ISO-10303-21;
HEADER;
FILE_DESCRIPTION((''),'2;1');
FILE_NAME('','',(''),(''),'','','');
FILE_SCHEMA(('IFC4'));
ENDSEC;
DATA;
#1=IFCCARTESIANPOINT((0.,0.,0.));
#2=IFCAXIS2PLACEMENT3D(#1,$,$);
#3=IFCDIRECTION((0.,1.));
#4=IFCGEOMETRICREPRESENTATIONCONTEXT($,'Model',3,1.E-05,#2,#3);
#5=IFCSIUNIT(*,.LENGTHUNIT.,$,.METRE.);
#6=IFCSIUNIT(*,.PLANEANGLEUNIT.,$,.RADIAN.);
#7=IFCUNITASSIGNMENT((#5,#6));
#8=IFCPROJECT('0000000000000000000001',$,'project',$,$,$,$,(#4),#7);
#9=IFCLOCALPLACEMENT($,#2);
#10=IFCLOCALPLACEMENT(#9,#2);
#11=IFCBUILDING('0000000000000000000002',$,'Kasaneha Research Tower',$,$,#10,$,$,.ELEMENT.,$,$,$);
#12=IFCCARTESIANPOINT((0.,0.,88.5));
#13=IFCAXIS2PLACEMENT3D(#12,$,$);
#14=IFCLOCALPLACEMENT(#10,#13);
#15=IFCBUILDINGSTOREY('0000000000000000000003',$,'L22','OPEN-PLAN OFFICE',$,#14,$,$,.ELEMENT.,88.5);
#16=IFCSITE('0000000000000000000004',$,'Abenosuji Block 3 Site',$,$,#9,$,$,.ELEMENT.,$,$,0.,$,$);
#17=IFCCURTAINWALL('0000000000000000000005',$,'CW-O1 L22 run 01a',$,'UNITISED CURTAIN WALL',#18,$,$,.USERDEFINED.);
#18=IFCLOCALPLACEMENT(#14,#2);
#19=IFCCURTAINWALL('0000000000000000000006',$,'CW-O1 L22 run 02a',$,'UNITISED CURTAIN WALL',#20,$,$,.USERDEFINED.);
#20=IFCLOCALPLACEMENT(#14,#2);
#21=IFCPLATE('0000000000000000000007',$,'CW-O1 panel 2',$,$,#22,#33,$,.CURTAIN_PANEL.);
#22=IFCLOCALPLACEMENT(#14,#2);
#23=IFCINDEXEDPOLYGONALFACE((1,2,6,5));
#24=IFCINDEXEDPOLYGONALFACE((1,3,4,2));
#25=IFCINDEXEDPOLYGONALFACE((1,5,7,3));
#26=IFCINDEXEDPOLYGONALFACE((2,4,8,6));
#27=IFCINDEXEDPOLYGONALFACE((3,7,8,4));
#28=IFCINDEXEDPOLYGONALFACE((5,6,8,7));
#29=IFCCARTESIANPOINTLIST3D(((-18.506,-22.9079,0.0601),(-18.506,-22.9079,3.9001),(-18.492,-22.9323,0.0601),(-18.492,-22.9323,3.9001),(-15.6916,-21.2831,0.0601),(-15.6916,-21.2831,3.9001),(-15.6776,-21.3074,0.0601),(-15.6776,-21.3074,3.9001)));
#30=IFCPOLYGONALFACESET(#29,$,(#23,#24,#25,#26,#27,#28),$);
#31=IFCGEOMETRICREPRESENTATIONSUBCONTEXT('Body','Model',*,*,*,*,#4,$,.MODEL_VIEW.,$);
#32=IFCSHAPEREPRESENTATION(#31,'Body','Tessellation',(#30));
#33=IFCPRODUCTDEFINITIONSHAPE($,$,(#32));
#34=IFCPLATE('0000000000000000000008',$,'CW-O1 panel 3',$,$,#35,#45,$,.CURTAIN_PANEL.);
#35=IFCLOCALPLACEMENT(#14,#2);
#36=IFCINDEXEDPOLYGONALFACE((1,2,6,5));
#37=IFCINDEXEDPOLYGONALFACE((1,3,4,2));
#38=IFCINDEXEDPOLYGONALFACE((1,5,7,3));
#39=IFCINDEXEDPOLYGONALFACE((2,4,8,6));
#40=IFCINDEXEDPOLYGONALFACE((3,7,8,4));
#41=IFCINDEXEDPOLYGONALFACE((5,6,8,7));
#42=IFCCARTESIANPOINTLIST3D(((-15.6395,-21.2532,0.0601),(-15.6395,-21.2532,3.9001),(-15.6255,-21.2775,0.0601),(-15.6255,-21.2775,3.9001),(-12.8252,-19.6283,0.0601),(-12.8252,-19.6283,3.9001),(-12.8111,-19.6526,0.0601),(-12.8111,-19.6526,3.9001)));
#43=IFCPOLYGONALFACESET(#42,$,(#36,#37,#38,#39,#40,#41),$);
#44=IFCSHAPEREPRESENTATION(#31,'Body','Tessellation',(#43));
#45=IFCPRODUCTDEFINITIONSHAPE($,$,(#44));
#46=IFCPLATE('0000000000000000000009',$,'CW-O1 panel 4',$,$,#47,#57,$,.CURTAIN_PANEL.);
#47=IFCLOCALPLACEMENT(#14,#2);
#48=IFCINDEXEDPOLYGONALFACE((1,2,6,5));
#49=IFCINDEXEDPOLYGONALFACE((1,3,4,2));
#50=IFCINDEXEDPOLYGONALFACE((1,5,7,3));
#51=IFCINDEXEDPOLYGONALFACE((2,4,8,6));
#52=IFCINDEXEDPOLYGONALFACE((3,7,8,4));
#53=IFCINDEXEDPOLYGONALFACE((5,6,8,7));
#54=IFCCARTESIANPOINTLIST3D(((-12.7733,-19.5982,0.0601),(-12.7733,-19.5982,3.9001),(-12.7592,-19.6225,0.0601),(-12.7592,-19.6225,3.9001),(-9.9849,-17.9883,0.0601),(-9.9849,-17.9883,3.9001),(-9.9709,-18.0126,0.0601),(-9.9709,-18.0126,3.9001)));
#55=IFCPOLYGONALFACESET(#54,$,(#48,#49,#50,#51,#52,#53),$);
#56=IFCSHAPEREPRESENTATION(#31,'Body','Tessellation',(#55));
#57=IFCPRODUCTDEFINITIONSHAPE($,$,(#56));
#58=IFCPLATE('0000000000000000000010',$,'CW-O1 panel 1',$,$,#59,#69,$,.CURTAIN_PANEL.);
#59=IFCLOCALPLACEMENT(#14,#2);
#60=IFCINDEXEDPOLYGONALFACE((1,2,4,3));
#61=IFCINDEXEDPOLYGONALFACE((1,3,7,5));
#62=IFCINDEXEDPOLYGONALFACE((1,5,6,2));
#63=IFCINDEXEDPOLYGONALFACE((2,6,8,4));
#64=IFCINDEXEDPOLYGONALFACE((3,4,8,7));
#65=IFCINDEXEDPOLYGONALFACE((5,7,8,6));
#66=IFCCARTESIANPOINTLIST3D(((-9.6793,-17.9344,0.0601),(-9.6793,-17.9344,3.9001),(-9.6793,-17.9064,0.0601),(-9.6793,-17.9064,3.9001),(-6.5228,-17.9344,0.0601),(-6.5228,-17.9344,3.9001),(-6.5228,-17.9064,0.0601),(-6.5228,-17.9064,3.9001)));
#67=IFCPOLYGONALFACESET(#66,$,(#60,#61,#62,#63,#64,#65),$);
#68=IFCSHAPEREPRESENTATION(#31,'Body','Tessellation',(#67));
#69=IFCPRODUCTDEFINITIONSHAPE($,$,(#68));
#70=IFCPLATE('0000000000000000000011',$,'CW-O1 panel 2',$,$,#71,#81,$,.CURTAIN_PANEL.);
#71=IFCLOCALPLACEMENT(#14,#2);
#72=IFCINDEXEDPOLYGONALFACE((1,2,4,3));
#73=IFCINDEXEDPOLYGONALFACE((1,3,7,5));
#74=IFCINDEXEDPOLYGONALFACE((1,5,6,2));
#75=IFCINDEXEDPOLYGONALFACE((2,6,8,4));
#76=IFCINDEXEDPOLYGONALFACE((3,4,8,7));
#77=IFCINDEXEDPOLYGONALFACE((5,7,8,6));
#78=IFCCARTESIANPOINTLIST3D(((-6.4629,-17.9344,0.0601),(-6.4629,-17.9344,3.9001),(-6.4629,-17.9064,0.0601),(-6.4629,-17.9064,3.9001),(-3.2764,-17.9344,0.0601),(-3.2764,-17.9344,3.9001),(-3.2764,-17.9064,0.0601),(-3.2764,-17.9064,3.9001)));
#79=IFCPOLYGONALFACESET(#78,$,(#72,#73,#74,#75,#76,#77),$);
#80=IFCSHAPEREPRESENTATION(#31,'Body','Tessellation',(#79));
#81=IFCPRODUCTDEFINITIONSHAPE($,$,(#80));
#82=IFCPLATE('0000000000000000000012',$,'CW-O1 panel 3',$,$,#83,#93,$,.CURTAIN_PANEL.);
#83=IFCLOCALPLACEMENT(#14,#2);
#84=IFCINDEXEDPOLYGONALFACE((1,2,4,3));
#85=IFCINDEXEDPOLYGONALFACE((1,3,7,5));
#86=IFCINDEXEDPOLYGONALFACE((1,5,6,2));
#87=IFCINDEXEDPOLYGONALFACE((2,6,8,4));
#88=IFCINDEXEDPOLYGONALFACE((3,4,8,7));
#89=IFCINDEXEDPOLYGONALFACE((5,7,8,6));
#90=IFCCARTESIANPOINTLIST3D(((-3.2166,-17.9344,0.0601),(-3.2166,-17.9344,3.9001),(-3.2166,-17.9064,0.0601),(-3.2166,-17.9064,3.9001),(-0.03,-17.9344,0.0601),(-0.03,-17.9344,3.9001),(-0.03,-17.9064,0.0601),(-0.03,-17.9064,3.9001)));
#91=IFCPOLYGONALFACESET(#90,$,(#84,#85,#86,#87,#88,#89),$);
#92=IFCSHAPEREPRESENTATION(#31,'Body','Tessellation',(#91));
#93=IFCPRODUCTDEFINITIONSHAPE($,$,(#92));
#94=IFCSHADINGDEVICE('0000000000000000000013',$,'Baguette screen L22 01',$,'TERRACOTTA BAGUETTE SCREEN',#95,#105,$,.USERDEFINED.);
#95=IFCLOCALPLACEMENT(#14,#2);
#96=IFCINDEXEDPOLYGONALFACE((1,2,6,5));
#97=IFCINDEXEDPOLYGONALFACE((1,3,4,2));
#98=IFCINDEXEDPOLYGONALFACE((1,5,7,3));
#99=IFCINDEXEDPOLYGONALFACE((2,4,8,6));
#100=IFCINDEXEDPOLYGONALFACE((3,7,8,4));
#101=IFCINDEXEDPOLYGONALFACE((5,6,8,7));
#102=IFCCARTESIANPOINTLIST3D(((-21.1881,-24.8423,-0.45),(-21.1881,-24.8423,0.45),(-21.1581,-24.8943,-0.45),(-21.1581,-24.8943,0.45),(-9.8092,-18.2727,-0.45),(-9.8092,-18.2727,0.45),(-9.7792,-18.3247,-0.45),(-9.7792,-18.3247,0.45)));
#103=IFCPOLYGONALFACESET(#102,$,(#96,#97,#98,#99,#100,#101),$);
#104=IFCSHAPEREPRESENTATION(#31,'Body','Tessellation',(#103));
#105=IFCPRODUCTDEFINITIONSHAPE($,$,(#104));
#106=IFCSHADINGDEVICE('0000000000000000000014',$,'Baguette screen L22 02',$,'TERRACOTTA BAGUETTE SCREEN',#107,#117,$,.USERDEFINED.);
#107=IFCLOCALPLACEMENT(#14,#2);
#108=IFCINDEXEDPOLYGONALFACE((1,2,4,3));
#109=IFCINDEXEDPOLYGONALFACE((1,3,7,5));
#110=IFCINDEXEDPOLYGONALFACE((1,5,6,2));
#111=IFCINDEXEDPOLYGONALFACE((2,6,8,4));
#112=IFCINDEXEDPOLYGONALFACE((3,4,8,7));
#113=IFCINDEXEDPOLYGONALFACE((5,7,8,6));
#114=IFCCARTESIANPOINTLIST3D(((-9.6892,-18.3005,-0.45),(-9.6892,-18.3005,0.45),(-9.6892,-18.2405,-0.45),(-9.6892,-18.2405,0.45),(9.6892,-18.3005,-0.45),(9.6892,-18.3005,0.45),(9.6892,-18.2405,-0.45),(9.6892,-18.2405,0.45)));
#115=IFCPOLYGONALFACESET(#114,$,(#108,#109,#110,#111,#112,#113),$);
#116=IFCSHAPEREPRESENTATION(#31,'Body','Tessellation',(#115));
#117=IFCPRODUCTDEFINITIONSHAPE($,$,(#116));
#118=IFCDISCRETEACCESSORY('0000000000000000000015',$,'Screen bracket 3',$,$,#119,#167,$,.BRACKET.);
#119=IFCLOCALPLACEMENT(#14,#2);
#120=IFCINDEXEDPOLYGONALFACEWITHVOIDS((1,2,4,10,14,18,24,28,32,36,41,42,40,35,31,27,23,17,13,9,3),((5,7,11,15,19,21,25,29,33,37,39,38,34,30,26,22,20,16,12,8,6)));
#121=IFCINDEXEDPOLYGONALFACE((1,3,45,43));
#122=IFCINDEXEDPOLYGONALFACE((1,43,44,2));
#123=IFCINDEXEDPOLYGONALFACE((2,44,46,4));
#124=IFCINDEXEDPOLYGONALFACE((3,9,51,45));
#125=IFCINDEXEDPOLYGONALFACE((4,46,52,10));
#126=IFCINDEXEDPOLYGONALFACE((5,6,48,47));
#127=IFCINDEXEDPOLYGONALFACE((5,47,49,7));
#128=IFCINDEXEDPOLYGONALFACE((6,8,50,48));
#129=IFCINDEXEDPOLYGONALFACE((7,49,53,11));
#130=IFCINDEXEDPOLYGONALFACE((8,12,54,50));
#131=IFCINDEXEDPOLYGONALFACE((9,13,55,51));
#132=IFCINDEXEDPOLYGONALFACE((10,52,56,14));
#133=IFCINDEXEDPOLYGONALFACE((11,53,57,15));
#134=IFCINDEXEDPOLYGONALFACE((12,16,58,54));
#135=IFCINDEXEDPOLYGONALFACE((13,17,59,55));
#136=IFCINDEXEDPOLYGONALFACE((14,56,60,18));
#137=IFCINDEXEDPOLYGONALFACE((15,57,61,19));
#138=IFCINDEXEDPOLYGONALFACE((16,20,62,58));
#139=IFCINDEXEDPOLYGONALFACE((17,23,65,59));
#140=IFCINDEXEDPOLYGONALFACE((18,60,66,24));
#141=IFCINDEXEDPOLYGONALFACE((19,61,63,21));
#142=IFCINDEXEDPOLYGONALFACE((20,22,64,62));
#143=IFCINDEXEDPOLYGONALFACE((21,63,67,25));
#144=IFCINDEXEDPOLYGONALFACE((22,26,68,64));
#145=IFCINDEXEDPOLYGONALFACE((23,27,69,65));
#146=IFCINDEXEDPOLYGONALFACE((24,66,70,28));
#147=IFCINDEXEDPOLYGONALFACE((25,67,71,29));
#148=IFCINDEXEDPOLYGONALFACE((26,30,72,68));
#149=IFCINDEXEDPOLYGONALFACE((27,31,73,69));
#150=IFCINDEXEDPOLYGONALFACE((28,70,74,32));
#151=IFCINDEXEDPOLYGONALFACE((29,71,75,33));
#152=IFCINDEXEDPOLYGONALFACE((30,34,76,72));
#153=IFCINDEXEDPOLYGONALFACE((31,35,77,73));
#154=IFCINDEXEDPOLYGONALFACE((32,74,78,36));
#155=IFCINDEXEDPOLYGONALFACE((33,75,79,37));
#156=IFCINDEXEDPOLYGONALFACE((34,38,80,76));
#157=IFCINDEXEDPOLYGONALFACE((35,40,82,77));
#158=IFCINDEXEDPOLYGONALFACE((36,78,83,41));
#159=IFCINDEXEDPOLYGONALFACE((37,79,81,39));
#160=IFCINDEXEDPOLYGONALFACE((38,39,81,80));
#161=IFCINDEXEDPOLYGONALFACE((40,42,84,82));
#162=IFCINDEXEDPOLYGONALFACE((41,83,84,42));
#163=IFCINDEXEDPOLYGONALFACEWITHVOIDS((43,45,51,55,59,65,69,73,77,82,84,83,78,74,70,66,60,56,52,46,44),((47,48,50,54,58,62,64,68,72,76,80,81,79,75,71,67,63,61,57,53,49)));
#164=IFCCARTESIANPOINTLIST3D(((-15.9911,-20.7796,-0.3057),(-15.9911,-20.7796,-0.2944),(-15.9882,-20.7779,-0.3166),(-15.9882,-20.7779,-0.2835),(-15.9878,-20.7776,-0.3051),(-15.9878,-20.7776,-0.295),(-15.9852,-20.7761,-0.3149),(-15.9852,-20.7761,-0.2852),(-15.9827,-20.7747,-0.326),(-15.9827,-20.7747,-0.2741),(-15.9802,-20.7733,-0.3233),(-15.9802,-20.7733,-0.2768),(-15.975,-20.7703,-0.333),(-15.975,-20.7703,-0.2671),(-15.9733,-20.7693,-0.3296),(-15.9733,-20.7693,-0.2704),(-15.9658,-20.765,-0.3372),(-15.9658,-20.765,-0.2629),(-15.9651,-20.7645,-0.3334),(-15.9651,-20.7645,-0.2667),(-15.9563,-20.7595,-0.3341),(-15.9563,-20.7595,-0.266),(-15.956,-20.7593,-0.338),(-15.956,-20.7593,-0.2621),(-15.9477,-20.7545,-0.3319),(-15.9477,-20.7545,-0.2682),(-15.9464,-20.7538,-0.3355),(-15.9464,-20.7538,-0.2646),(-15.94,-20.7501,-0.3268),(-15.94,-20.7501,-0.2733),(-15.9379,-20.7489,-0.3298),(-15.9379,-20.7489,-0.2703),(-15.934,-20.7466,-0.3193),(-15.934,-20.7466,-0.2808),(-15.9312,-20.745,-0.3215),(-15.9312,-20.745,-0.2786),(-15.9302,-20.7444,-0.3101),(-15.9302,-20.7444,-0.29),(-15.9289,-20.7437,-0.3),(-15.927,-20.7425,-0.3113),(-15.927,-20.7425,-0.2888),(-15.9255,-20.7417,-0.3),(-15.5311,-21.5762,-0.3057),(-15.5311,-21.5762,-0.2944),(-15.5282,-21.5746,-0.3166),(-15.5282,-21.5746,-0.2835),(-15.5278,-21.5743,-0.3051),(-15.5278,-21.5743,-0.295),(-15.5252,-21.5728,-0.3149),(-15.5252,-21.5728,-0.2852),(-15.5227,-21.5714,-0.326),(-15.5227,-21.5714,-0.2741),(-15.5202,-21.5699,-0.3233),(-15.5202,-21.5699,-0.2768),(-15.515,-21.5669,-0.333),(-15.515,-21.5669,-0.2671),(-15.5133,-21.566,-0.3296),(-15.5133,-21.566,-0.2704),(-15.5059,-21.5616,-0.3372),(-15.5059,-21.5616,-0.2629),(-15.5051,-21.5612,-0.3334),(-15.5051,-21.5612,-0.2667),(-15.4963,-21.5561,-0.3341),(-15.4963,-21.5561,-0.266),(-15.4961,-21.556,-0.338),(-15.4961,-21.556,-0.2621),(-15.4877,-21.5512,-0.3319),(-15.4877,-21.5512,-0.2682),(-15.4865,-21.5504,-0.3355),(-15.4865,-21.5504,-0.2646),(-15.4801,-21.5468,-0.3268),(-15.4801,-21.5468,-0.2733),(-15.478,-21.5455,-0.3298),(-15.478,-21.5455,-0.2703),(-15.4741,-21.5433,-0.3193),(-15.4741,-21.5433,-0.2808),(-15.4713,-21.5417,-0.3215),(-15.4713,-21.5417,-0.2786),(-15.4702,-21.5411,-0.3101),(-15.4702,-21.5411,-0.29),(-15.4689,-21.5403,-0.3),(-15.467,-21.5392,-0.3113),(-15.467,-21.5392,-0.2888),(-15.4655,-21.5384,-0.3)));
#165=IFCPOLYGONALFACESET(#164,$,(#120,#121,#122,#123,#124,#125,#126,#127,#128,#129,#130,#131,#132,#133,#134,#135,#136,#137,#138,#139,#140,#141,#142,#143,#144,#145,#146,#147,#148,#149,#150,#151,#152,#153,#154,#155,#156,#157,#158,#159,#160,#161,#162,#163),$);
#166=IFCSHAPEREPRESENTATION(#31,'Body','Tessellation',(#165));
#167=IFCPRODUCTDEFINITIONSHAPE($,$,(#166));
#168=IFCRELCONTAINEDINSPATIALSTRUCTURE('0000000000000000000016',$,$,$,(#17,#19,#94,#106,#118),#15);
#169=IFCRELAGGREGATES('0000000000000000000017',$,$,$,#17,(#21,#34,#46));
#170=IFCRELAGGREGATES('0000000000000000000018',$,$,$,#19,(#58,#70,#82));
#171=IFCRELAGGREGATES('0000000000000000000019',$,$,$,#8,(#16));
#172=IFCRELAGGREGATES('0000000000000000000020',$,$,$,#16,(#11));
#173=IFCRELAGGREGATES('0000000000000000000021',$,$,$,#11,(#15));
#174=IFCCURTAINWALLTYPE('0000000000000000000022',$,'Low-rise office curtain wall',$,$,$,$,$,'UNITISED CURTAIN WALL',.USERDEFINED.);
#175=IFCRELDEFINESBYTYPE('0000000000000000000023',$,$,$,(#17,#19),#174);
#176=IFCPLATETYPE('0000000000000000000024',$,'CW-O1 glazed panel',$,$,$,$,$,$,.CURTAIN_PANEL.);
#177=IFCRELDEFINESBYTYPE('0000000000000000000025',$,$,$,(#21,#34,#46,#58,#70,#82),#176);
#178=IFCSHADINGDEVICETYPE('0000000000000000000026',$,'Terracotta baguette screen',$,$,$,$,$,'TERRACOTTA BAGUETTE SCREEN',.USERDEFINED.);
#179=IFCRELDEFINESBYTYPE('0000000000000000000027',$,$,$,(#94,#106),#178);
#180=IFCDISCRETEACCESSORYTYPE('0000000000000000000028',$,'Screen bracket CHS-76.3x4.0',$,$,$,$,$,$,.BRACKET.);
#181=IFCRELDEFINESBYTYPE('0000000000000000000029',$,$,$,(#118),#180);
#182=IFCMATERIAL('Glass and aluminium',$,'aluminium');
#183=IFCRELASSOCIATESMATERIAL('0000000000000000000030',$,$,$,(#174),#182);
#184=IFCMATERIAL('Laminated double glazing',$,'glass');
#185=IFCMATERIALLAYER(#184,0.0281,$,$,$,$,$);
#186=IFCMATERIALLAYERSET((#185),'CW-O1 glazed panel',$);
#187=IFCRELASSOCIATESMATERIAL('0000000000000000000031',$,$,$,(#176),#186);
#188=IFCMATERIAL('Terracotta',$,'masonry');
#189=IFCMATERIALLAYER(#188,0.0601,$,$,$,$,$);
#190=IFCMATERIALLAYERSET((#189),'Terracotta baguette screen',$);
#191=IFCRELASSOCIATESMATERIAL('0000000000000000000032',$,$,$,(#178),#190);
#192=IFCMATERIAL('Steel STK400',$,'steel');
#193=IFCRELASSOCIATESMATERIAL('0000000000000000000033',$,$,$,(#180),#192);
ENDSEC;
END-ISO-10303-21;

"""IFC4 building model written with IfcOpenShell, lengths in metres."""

from ifc_helpers import new_model, si_unit, direction, frame, origin, origin_2d, place, context, subcontext, project, spatial, rectangle, hollow_circle, extrude, material, layer, layer_set, material_profile, profile_set, type_object, element, aggregate, save


model = new_model("IFC4")

# Units and contexts
model_context = context("Model", 3, precision=1e-05, world=origin(), true_north=direction((0.0, 1.0)))
body_context = subcontext(model_context, "Body", "Model", "MODEL_VIEW")
ifc_project = project(units=[si_unit("LENGTHUNIT", "METRE"), si_unit("PLANEANGLEUNIT", "RADIAN")], contexts=[model_context])

# Site, building, storey
site_placement = place(None, origin())
site = spatial("IfcSite", under=ifc_project, at=site_placement, Name="Abenosuji Block 3 Site", CompositionType="ELEMENT", RefElevation=0.0)
building_placement = place(site_placement, origin())
building = spatial("IfcBuilding", under=site, at=building_placement, Name="Kasaneha Research Tower", CompositionType="ELEMENT")
storey_placement = place(building_placement, frame((0.0, 0.0, 88.5)))
storey = spatial("IfcBuildingStorey", under=building, at=storey_placement, Name="L22", Description="OPEN-PLAN OFFICE", CompositionType="ELEMENT", Elevation=88.5)

# Curtain walls
ifc_material_1 = material(Name="Glass and aluminium", Category="aluminium")
curtain_wall_type = type_object("IfcCurtainWallType", Name="Low-rise office curtain wall", ElementType="UNITISED CURTAIN WALL", PredefinedType="USERDEFINED", material=ifc_material_1)
curtain_wall_1_placement = place(storey_placement, origin())
curtain_wall_1 = element("IfcCurtainWall", 1, at=curtain_wall_1_placement, inside=storey, type_object=curtain_wall_type, Name="CW-O1 L22 run 01a", ObjectType="UNITISED CURTAIN WALL", PredefinedType="USERDEFINED")
curtain_wall_2_placement = place(storey_placement, origin())
curtain_wall_2 = element("IfcCurtainWall", 2, at=curtain_wall_2_placement, inside=storey, type_object=curtain_wall_type, Name="CW-O1 L22 run 02a", ObjectType="UNITISED CURTAIN WALL", PredefinedType="USERDEFINED")

# Plates
ifc_material_2 = material(Name="Laminated double glazing", Category="glass")
ifc_layer_1 = layer(ifc_material_2, 0.0281)
ifc_layer_set_1 = layer_set([ifc_layer_1], Name="CW-O1 glazed panel")
plate_type = type_object("IfcPlateType", Name="CW-O1 glazed panel", PredefinedType="CURTAIN_PANEL", material=ifc_layer_set_1)
plate_1_placement = place(storey_placement, frame((-17.0918, -22.1077, 0.0601), z_axis=(0.0, 0.0, 1.0), x_axis=(0.866025, 0.5, 0.0)))
plate_1 = element("IfcPlate", 3, at=plate_1_placement, type_object=plate_type, Name="CW-O1 panel 2", PredefinedType="CURTAIN_PANEL", context=body_context, shape_type="SweptSolid", body=[
    extrude(rectangle(XDim=3.2498, YDim=0.0281, at=origin_2d()), origin(), (0.0, 0.0, 1.0), 3.8401),
])
plate_2_placement = place(storey_placement, frame((-14.2253, -20.4529, 0.0601), z_axis=(0.0, 0.0, 1.0), x_axis=(0.866025, 0.5, 0.0)))
plate_2 = element("IfcPlate", 4, at=plate_2_placement, type_object=plate_type, Name="CW-O1 panel 3", PredefinedType="CURTAIN_PANEL", context=body_context, shape_type="SweptSolid", body=[
    extrude(rectangle(XDim=3.2498, YDim=0.0281, at=origin_2d()), origin(), (0.0, 0.0, 1.0), 3.8401),
])
plate_3_placement = place(storey_placement, frame((-11.3721, -18.8054, 0.0601), z_axis=(0.0, 0.0, 1.0), x_axis=(0.866025, 0.5, 0.0)))
plate_3 = element("IfcPlate", 5, at=plate_3_placement, type_object=plate_type, Name="CW-O1 panel 4", PredefinedType="CURTAIN_PANEL", context=body_context, shape_type="SweptSolid", body=[
    extrude(rectangle(XDim=3.2197, YDim=0.0281, at=origin_2d()), origin(), (0.0, 0.0, 1.0), 3.8401),
])
aggregate(curtain_wall_1, [plate_1, plate_2, plate_3])
plate_4_placement = place(storey_placement, frame((-8.1011, -17.9204, 0.0601), z_axis=(0.0, 0.0, 1.0), x_axis=(1.0, 0.0, 0.0)))
plate_4 = element("IfcPlate", 6, at=plate_4_placement, type_object=plate_type, Name="CW-O1 panel 1", PredefinedType="CURTAIN_PANEL", context=body_context, shape_type="SweptSolid", body=[
    extrude(rectangle(XDim=3.1565, YDim=0.0281, at=origin_2d()), origin(), (0.0, 0.0, 1.0), 3.8401),
])
plate_5_placement = place(storey_placement, frame((-4.8696, -17.9204, 0.0601), z_axis=(0.0, 0.0, 1.0), x_axis=(1.0, 0.0, 0.0)))
plate_5 = element("IfcPlate", 7, at=plate_5_placement, type_object=plate_type, Name="CW-O1 panel 2", PredefinedType="CURTAIN_PANEL", context=body_context, shape_type="SweptSolid", body=[
    extrude(rectangle(XDim=3.1865, YDim=0.0281, at=origin_2d()), origin(), (0.0, 0.0, 1.0), 3.8401),
])
plate_6_placement = place(storey_placement, frame((-1.6233, -17.9204, 0.0601), z_axis=(0.0, 0.0, 1.0), x_axis=(1.0, 0.0, 0.0)))
plate_6 = element("IfcPlate", 8, at=plate_6_placement, type_object=plate_type, Name="CW-O1 panel 3", PredefinedType="CURTAIN_PANEL", context=body_context, shape_type="SweptSolid", body=[
    extrude(rectangle(XDim=3.1865, YDim=0.0281, at=origin_2d()), origin(), (0.0, 0.0, 1.0), 3.8401),
])
aggregate(curtain_wall_2, [plate_4, plate_5, plate_6])

# Shading devices
ifc_material_3 = material(Name="Terracotta", Category="masonry")
ifc_layer_2 = layer(ifc_material_3, 0.0601)
ifc_layer_set_2 = layer_set([ifc_layer_2], Name="Terracotta baguette screen")
shading_device_type = type_object("IfcShadingDeviceType", Name="Terracotta baguette screen", ElementType="TERRACOTTA BAGUETTE SCREEN", PredefinedType="USERDEFINED", material=ifc_layer_set_2)
shading_device_1_placement = place(storey_placement, frame((-15.4836, -21.5835, -0.45), z_axis=(0.0, 0.0, 1.0), x_axis=(0.866025, 0.5, 0.0)))
element("IfcShadingDevice", 9, at=shading_device_1_placement, inside=storey, type_object=shading_device_type, Name="Baguette screen L22 01", ObjectType="TERRACOTTA BAGUETTE SCREEN", PredefinedType="USERDEFINED", context=body_context, shape_type="SweptSolid", body=[
    extrude(rectangle(XDim=13.1392, YDim=0.0601, at=origin_2d()), origin(), (0.0, 0.0, 1.0), 0.8999),
])
shading_device_2_placement = place(storey_placement, frame((0.0, -18.2705, -0.45), z_axis=(0.0, 0.0, 1.0), x_axis=(1.0, 0.0, 0.0)))
element("IfcShadingDevice", 10, at=shading_device_2_placement, inside=storey, type_object=shading_device_type, Name="Baguette screen L22 02", ObjectType="TERRACOTTA BAGUETTE SCREEN", PredefinedType="USERDEFINED", context=body_context, shape_type="SweptSolid", body=[
    extrude(rectangle(XDim=19.3784, YDim=0.0601, at=origin_2d()), origin(), (0.0, 0.0, 1.0), 0.8999),
])

# Discrete accessory
ifc_material_4 = material(Name="Steel STK400", Category="steel")
ifc_material_profile_1 = material_profile(ifc_material_4, hollow_circle(Radius=0.0381, WallThickness=0.0039, at=origin_2d()), Name="CHS-76.3x4.0")
ifc_profile_set_1 = profile_set([ifc_material_profile_1], Name="Steel STK400")
discrete_accessory_type = type_object("IfcDiscreteAccessoryType", Name="Screen bracket CHS-76.3x4.0", PredefinedType="BRACKET", material=ifc_profile_set_1)
discrete_accessory_1_placement = place(storey_placement, frame((-15.9585, -20.7607, -0.3), z_axis=(0.500021, -0.866013, 0.0), x_axis=(0.866013, 0.500021, 0.0)))
element("IfcDiscreteAccessory", 11, at=discrete_accessory_1_placement, inside=storey, type_object=discrete_accessory_type, Name="Screen bracket 3", PredefinedType="BRACKET", context=body_context, shape_type="SweptSolid", body=[
    extrude(hollow_circle(Radius=0.0381, WallThickness=0.0039, at=origin_2d()), origin(), (0.0, 0.0, 1.0), 0.9199),
])

save(model, "model.ifc")
